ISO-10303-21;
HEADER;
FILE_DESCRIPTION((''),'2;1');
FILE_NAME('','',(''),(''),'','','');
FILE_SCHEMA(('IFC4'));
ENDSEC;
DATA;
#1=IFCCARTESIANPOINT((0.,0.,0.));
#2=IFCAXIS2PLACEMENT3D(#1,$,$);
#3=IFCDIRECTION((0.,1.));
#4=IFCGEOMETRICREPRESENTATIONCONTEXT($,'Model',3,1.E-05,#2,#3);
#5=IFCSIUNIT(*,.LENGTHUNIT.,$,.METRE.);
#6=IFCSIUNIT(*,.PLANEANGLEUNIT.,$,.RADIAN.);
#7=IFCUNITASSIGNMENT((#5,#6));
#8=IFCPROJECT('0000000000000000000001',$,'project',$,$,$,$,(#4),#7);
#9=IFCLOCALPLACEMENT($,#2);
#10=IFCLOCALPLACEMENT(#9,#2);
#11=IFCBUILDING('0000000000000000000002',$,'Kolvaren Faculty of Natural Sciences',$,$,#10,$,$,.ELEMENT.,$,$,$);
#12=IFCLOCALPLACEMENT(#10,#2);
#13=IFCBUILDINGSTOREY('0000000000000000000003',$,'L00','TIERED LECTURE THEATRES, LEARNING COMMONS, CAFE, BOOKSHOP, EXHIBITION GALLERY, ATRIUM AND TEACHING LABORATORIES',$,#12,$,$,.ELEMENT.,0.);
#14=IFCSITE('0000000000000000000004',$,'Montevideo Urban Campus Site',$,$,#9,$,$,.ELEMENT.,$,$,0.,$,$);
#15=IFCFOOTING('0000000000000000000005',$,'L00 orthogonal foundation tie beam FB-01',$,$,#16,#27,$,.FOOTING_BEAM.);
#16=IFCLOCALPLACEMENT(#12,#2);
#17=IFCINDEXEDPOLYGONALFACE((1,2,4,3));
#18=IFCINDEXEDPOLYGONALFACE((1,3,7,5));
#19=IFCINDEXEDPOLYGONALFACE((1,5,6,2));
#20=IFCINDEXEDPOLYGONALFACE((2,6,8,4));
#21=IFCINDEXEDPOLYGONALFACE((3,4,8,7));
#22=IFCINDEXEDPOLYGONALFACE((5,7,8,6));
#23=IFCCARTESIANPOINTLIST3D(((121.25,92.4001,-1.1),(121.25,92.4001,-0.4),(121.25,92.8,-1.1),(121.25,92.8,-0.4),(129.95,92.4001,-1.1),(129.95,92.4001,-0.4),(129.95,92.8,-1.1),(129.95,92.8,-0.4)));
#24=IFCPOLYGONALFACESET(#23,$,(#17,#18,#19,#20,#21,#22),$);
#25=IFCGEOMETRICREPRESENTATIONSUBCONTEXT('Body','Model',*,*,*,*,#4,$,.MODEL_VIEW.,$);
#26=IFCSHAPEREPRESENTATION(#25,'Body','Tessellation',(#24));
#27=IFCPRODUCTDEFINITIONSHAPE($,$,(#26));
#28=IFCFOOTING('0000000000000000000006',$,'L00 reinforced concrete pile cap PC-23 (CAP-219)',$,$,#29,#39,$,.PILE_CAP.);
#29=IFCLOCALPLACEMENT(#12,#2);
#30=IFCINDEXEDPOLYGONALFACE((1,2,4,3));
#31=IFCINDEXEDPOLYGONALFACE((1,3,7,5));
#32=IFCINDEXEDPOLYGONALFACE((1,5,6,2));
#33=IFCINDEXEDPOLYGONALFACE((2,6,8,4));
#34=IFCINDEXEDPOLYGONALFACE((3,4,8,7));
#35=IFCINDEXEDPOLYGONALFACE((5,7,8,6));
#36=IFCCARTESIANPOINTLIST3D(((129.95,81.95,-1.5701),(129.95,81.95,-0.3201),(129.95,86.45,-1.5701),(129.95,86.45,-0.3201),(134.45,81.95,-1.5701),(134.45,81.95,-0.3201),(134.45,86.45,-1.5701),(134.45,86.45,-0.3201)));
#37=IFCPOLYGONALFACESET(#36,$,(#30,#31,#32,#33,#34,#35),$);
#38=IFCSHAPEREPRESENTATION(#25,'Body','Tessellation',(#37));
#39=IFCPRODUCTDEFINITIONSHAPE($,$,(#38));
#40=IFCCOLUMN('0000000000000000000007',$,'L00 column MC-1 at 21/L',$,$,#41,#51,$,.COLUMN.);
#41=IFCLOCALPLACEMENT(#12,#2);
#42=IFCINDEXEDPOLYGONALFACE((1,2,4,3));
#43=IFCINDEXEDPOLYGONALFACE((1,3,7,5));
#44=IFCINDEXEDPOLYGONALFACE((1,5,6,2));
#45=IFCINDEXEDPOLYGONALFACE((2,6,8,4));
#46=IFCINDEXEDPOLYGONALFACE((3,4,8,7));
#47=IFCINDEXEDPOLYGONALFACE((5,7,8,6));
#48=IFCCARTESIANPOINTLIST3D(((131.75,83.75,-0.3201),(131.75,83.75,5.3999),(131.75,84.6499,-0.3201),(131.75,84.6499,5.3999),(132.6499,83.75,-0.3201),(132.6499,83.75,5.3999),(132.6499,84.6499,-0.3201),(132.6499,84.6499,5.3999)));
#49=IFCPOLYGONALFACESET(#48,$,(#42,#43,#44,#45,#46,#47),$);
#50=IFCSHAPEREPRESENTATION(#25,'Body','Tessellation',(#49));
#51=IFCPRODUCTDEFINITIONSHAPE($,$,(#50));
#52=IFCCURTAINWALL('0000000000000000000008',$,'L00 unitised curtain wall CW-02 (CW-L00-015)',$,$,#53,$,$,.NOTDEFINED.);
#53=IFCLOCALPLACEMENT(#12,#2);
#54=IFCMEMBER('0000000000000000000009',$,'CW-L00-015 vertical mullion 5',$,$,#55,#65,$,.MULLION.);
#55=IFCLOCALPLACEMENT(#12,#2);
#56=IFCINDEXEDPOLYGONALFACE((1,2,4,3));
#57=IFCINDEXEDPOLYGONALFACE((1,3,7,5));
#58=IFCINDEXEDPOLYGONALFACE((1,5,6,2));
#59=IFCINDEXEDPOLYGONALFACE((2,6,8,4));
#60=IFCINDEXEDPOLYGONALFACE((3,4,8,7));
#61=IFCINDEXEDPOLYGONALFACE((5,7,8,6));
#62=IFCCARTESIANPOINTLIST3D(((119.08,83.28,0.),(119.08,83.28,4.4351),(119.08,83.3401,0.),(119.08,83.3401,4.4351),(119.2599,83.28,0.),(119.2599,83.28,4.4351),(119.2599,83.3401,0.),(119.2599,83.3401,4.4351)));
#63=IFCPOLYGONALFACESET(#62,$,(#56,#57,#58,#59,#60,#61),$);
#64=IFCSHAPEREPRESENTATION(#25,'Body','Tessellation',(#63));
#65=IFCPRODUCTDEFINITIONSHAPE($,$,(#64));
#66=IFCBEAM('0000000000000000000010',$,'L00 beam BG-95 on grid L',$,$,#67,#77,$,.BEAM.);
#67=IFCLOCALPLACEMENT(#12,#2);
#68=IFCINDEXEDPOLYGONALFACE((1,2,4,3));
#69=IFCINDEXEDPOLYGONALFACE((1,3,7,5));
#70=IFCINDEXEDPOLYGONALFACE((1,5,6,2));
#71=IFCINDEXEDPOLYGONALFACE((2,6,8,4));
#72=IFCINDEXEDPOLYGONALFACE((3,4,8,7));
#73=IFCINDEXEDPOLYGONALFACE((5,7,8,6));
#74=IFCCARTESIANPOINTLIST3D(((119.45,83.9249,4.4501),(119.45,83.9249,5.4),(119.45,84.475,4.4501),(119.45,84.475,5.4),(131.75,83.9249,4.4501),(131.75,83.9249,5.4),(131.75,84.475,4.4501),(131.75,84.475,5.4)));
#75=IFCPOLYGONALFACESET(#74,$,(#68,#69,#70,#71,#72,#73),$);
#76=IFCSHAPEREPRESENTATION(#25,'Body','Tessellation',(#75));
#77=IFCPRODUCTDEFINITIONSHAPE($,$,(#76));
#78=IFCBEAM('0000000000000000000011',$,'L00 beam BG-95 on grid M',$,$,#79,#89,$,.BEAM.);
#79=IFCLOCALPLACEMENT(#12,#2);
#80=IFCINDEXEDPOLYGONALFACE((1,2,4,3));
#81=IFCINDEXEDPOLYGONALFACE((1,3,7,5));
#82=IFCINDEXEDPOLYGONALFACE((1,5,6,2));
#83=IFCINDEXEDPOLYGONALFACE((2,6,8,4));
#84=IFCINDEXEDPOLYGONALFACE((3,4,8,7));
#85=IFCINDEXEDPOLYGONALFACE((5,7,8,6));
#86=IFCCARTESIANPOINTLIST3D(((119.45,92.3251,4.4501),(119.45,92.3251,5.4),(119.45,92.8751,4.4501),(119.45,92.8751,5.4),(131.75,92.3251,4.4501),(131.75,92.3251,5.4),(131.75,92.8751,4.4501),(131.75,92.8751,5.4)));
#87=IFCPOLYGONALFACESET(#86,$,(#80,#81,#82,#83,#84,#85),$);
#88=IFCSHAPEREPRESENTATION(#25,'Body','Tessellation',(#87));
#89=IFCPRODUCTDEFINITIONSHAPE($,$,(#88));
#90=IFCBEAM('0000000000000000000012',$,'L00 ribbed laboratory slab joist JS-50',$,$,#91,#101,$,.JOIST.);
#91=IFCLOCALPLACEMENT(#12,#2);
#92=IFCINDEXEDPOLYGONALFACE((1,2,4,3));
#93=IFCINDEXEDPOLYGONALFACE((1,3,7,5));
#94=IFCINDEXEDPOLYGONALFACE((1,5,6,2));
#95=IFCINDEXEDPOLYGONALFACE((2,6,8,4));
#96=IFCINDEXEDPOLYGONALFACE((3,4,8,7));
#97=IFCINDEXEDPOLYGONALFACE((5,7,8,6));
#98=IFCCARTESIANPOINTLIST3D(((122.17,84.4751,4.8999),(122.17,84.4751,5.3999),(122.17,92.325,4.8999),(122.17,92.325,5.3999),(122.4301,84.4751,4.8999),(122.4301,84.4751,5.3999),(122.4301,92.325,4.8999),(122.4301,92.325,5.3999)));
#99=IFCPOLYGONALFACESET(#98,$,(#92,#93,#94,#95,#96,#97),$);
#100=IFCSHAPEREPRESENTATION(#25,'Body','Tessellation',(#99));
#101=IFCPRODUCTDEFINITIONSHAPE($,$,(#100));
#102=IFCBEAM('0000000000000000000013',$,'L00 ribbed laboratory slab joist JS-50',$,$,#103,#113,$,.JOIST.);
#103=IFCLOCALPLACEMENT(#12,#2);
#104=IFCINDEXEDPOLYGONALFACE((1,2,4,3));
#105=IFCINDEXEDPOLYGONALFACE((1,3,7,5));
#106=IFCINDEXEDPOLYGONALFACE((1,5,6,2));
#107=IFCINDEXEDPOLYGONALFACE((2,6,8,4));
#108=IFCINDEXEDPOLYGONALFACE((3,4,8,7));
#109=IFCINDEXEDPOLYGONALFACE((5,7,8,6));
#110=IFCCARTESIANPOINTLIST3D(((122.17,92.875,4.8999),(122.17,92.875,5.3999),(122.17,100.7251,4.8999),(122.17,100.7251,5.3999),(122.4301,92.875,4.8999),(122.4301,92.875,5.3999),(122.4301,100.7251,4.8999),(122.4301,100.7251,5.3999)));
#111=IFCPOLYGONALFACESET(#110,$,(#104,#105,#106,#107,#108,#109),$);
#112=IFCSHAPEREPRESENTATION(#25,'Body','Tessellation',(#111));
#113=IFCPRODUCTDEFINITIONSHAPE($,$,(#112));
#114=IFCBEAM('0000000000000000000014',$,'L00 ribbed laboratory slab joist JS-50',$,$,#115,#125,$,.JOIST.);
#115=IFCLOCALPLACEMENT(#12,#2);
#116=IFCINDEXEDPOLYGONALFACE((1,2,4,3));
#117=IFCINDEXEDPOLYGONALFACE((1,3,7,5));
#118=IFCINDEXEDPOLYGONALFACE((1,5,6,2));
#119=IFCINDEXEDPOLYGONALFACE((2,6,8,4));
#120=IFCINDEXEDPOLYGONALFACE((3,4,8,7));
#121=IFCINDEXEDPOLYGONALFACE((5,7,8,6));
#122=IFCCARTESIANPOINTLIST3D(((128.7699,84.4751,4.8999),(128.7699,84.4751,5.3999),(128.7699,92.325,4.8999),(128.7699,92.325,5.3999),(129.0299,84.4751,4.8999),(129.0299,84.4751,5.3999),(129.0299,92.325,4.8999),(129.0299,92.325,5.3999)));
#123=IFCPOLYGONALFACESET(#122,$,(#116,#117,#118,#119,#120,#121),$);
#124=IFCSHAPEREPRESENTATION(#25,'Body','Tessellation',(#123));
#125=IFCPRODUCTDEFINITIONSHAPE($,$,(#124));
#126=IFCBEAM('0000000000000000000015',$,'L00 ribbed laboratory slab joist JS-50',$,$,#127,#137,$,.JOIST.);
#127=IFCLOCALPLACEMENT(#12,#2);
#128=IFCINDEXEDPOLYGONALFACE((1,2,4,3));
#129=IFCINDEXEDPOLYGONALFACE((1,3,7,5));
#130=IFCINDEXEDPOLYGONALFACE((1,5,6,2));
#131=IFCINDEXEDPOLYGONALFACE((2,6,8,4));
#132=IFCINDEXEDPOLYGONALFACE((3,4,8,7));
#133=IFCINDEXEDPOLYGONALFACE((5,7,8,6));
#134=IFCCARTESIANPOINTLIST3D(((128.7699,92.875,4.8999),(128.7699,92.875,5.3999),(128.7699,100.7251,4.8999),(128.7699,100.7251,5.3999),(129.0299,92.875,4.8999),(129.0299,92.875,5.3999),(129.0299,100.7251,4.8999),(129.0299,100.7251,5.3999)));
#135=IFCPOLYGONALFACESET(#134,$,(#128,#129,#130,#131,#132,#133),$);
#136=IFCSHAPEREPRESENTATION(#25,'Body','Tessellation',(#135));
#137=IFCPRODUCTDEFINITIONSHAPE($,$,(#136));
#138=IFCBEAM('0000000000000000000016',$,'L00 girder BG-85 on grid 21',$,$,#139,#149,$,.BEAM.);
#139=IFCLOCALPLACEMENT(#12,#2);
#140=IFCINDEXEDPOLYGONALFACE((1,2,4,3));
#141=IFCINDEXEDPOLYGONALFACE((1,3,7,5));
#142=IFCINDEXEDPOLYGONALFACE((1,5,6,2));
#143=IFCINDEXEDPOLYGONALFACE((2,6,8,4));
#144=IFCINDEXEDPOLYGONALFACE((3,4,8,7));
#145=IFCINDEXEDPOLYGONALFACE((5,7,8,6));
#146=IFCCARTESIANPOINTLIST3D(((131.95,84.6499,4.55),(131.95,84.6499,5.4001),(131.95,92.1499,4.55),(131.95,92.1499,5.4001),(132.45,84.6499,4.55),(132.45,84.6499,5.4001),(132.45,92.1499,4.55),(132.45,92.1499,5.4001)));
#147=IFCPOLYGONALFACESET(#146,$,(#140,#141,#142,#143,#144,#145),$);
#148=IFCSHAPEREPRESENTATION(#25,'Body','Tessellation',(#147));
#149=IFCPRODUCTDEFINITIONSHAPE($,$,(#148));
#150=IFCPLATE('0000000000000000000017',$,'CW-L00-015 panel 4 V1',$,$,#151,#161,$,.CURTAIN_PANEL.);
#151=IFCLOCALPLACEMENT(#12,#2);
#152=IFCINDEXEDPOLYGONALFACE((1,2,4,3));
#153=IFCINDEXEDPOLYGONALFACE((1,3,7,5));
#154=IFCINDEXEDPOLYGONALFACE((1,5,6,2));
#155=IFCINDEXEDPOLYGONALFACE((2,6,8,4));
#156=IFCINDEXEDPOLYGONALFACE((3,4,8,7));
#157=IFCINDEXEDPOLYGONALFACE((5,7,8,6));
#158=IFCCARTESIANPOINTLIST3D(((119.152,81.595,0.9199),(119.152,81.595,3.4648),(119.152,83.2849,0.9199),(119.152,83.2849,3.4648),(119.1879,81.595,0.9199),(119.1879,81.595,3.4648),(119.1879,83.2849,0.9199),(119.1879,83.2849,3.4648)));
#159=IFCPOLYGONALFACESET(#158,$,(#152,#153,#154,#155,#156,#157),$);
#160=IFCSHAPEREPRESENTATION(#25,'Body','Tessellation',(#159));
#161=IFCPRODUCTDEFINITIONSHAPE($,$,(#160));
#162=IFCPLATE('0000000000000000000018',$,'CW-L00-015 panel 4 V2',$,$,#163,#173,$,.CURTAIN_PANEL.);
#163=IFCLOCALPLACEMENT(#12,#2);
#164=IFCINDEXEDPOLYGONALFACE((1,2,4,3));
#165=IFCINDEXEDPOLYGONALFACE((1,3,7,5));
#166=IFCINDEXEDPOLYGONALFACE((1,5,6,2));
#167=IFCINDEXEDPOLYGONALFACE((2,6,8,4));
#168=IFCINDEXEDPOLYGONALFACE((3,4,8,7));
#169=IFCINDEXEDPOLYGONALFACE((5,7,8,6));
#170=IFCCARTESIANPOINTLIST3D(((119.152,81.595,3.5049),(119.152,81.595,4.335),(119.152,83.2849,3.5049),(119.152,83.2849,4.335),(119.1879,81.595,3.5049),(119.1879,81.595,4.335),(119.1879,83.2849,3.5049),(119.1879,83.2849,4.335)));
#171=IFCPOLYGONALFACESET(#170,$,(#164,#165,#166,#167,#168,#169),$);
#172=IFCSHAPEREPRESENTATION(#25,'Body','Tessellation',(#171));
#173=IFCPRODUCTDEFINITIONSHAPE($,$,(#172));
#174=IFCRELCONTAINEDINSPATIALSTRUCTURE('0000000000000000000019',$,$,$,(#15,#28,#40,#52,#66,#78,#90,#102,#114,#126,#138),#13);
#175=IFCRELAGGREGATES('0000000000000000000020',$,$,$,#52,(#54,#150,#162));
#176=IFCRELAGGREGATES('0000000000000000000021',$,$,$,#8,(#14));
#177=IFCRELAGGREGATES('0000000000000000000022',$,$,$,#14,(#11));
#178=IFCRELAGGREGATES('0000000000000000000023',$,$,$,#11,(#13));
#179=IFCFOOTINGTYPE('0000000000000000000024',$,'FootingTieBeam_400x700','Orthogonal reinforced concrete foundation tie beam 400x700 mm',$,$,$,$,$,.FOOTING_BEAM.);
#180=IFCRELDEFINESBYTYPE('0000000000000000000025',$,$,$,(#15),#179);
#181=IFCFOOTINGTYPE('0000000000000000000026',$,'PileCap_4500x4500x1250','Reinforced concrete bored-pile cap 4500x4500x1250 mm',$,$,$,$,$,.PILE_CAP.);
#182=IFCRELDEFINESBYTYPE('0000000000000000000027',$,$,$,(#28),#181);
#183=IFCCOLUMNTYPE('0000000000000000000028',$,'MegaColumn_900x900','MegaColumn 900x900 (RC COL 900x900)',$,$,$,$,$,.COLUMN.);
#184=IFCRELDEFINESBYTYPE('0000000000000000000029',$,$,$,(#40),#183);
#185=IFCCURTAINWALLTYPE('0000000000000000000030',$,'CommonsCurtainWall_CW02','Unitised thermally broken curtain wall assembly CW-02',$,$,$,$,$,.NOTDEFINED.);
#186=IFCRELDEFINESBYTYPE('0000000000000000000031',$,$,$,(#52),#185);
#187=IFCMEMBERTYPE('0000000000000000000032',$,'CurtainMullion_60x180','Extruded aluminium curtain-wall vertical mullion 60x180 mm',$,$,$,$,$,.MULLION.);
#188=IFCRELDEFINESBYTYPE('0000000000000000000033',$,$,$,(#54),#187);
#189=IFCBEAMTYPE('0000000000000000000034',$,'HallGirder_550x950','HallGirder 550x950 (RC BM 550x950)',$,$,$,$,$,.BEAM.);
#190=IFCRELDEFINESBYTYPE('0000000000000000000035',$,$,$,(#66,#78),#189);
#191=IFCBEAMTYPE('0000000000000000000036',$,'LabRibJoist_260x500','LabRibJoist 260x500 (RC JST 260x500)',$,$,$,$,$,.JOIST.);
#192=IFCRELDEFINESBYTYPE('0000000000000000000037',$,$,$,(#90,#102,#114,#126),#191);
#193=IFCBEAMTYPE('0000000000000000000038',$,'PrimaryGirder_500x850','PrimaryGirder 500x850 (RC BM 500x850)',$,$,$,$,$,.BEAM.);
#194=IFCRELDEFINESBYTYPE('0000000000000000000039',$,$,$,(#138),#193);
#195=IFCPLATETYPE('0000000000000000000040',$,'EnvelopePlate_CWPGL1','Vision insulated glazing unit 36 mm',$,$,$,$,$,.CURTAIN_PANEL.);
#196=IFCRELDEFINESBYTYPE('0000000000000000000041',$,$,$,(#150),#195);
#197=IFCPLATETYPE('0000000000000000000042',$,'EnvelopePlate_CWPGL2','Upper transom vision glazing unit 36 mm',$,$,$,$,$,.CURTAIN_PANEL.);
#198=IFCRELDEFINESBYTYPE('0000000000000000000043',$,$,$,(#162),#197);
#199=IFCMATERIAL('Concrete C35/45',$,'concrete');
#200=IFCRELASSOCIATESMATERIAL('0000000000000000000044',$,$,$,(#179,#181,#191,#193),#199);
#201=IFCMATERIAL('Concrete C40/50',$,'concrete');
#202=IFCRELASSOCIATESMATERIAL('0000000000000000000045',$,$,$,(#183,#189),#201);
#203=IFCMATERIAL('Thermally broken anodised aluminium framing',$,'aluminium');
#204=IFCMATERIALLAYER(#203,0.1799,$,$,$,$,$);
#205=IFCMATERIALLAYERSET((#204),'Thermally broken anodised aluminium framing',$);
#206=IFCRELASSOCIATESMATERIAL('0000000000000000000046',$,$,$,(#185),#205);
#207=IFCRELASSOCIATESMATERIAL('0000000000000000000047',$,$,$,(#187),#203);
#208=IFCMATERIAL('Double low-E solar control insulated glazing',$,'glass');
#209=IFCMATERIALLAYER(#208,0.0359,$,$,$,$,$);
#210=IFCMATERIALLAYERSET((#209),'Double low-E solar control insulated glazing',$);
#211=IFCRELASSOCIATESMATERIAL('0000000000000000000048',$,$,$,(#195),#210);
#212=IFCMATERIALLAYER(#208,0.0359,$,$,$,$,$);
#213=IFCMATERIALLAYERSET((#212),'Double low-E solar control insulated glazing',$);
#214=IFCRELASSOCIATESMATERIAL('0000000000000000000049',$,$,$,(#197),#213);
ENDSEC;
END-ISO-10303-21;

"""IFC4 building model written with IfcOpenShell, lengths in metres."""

from ifc_helpers import new_model, si_unit, direction, frame, origin, origin_2d, place, context, subcontext, project, spatial, rectangle, extrude, material, layer, layer_set, material_profile, profile_set, type_object, element, aggregate, save


model = new_model("IFC4")

# Units and contexts
model_context = context("Model", 3, precision=1e-05, world=origin(), true_north=direction((0.0, 1.0)))
body_context = subcontext(model_context, "Body", "Model", "MODEL_VIEW")
ifc_project = project(units=[si_unit("LENGTHUNIT", "METRE"), si_unit("PLANEANGLEUNIT", "RADIAN")], contexts=[model_context])

# Site, building, storey
site_placement = place(None, origin())
site = spatial("IfcSite", under=ifc_project, at=site_placement, Name="Montevideo Urban Campus Site", CompositionType="ELEMENT", RefElevation=0.0)
building_placement = place(site_placement, origin())
building = spatial("IfcBuilding", under=site, at=building_placement, Name="Kolvaren Faculty of Natural Sciences", CompositionType="ELEMENT")
storey_placement = place(building_placement, origin())
storey = spatial("IfcBuildingStorey", under=building, at=storey_placement, Name="L00", Description="TIERED LECTURE THEATRES, LEARNING COMMONS, CAFE, BOOKSHOP, EXHIBITION GALLERY, ATRIUM AND TEACHING LABORATORIES", CompositionType="ELEMENT", Elevation=0.0)

# Shared definitions
ifc_material_1 = material(Name="Concrete C35/45", Category="concrete")

# Footings
ifc_material_profile_1 = material_profile(ifc_material_1, rectangle(XDim=0.3999, YDim=0.7, at=origin_2d()), Name="RC FB 400x700")
ifc_profile_set_1 = profile_set([ifc_material_profile_1], Name="Concrete C35/45")
footing_type_1 = type_object("IfcFootingType", Name="FootingTieBeam_400x700", Description="Orthogonal reinforced concrete foundation tie beam 400x700 mm", PredefinedType="FOOTING_BEAM", material=ifc_profile_set_1)
for number, where, z_axis, x_axis, name in (
    (1, (121.25, 92.6001, -0.75), (1.0, 0.0, 0.0), (0.0, 1.0, 0.0), "L00 orthogonal foundation tie beam FB-01"),
):
    element("IfcFooting", number, at=place(storey_placement, frame(where, z_axis=z_axis, x_axis=x_axis)), inside=storey, type_object=footing_type_1, Name=name, PredefinedType="FOOTING_BEAM", context=body_context, shape_type="SweptSolid", body=[
        extrude(rectangle(XDim=0.3999, YDim=0.7, at=origin_2d()), origin(), (0.0, 0.0, 1.0), 8.7),
    ])
footing_type_2 = type_object("IfcFootingType", Name="PileCap_4500x4500x1250", Description="Reinforced concrete bored-pile cap 4500x4500x1250 mm", PredefinedType="PILE_CAP", material=ifc_material_1)
footing_placement = place(storey_placement, frame((132.2, 84.2, -1.5701), z_axis=(0.0, 0.0, 1.0), x_axis=(1.0, 0.0, 0.0)))
element("IfcFooting", 2, at=footing_placement, inside=storey, type_object=footing_type_2, Name="L00 reinforced concrete pile cap PC-23 (CAP-219)", PredefinedType="PILE_CAP", context=body_context, shape_type="SweptSolid", body=[
    extrude(rectangle(XDim=4.5, YDim=4.5, at=origin_2d()), origin(), (0.0, 0.0, 1.0), 1.25),
])

# Column
ifc_material_2 = material(Name="Concrete C40/50", Category="concrete")
ifc_material_profile_2 = material_profile(ifc_material_2, rectangle(XDim=0.8999, YDim=0.8999, at=origin_2d()), Name="RC COL 900x900")
ifc_profile_set_2 = profile_set([ifc_material_profile_2], Name="Concrete C40/50")
column_type = type_object("IfcColumnType", Name="MegaColumn_900x900", Description="MegaColumn 900x900 (RC COL 900x900)", PredefinedType="COLUMN", material=ifc_profile_set_2)
column_placement = place(storey_placement, frame((132.2, 84.2, -0.3201), z_axis=(0.0, 0.0, 1.0), x_axis=(1.0, 0.0, 0.0)))
element("IfcColumn", 3, at=column_placement, inside=storey, type_object=column_type, Name="L00 column MC-1 at 21/L", PredefinedType="COLUMN", context=body_context, shape_type="SweptSolid", body=[
    extrude(rectangle(XDim=0.8999, YDim=0.8999, at=origin_2d()), origin(), (0.0, 0.0, 1.0), 5.72),
])

# Curtain wall, member
ifc_material_3 = material(Name="Thermally broken anodised aluminium framing", Category="aluminium")
ifc_layer_1 = layer(ifc_material_3, 0.1799)
ifc_layer_set_1 = layer_set([ifc_layer_1], Name="Thermally broken anodised aluminium framing")
curtain_wall_type = type_object("IfcCurtainWallType", Name="CommonsCurtainWall_CW02", Description="Unitised thermally broken curtain wall assembly CW-02", PredefinedType="NOTDEFINED", material=ifc_layer_set_1)
curtain_wall_placement = place(storey_placement, origin())
curtain_wall = element("IfcCurtainWall", 4, at=curtain_wall_placement, inside=storey, type_object=curtain_wall_type, Name="L00 unitised curtain wall CW-02 (CW-L00-015)", PredefinedType="NOTDEFINED")
ifc_material_profile_3 = material_profile(ifc_material_3, rectangle(XDim=0.0601, YDim=0.1799, at=origin_2d()), Name="ALU MUL 60x180")
ifc_profile_set_3 = profile_set([ifc_material_profile_3], Name="Thermally broken anodised aluminium framing")
member_type = type_object("IfcMemberType", Name="CurtainMullion_60x180", Description="Extruded aluminium curtain-wall vertical mullion 60x180 mm", PredefinedType="MULLION", material=ifc_profile_set_3)
member_placement = place(storey_placement, frame((119.1699, 83.3101, 0.0), z_axis=(0.0, 0.0, 1.0), x_axis=(0.0, 1.0, 0.0)))
member = element("IfcMember", 5, at=member_placement, type_object=member_type, Name="CW-L00-015 vertical mullion 5", PredefinedType="MULLION", context=body_context, shape_type="SweptSolid", body=[
    extrude(rectangle(XDim=0.0601, YDim=0.1799, at=origin_2d()), origin(), (0.0, 0.0, 1.0), 4.4351),
])

# Beams
ifc_material_profile_4 = material_profile(ifc_material_2, rectangle(XDim=0.55, YDim=0.95, at=origin_2d()), Name="RC BM 550x950")
ifc_profile_set_4 = profile_set([ifc_material_profile_4], Name="Concrete C40/50")
beam_type_1 = type_object("IfcBeamType", Name="HallGirder_550x950", Description="HallGirder 550x950 (RC BM 550x950)", PredefinedType="BEAM", material=ifc_profile_set_4)
for number, where, z_axis, x_axis, name in (
    (6, (119.45, 84.2, 4.925), (1.0, 0.0, 0.0), (0.0, 1.0, 0.0), "L00 beam BG-95 on grid L"),
    (7, (119.45, 92.6001, 4.925), (1.0, 0.0, 0.0), (0.0, 1.0, 0.0), "L00 beam BG-95 on grid M"),
):
    element("IfcBeam", number, at=place(storey_placement, frame(where, z_axis=z_axis, x_axis=x_axis)), inside=storey, type_object=beam_type_1, Name=name, PredefinedType="BEAM", context=body_context, shape_type="SweptSolid", body=[
        extrude(rectangle(XDim=0.55, YDim=0.95, at=origin_2d()), origin(), (0.0, 0.0, 1.0), 12.3),
    ])
ifc_material_profile_5 = material_profile(ifc_material_1, rectangle(XDim=0.26, YDim=0.5, at=origin_2d()), Name="RC JST 260x500")
ifc_profile_set_5 = profile_set([ifc_material_profile_5], Name="Concrete C35/45")
beam_type_2 = type_object("IfcBeamType", Name="LabRibJoist_260x500", Description="LabRibJoist 260x500 (RC JST 260x500)", PredefinedType="JOIST", material=ifc_profile_set_5)
beam_1_placement = place(storey_placement, frame((122.3, 84.4751, 5.1499), z_axis=(0.0, 1.0, 0.0), x_axis=(-1.0, 0.0, 0.0)))
element("IfcBeam", 8, at=beam_1_placement, inside=storey, type_object=beam_type_2, Name="L00 ribbed laboratory slab joist JS-50", PredefinedType="JOIST", context=body_context, shape_type="SweptSolid", body=[
    extrude(rectangle(XDim=0.26, YDim=0.5, at=origin_2d()), origin(), (0.0, 0.0, 1.0), 7.8499),
])
beam_2_placement = place(storey_placement, frame((122.3, 92.875, 5.1499), z_axis=(0.0, 1.0, 0.0), x_axis=(-1.0, 0.0, 0.0)))
element("IfcBeam", 9, at=beam_2_placement, inside=storey, type_object=beam_type_2, Name="L00 ribbed laboratory slab joist JS-50", PredefinedType="JOIST", context=body_context, shape_type="SweptSolid", body=[
    extrude(rectangle(XDim=0.26, YDim=0.5, at=origin_2d()), origin(), (0.0, 0.0, 1.0), 7.8501),
])
beam_3_placement = place(storey_placement, frame((128.8999, 84.4751, 5.1499), z_axis=(0.0, 1.0, 0.0), x_axis=(-1.0, 0.0, 0.0)))
element("IfcBeam", 10, at=beam_3_placement, inside=storey, type_object=beam_type_2, Name="L00 ribbed laboratory slab joist JS-50", PredefinedType="JOIST", context=body_context, shape_type="SweptSolid", body=[
    extrude(rectangle(XDim=0.26, YDim=0.5, at=origin_2d()), origin(), (0.0, 0.0, 1.0), 7.8499),
])
beam_4_placement = place(storey_placement, frame((128.8999, 92.875, 5.1499), z_axis=(0.0, 1.0, 0.0), x_axis=(-1.0, 0.0, 0.0)))
element("IfcBeam", 11, at=beam_4_placement, inside=storey, type_object=beam_type_2, Name="L00 ribbed laboratory slab joist JS-50", PredefinedType="JOIST", context=body_context, shape_type="SweptSolid", body=[
    extrude(rectangle(XDim=0.26, YDim=0.5, at=origin_2d()), origin(), (0.0, 0.0, 1.0), 7.8501),
])
ifc_material_profile_6 = material_profile(ifc_material_1, rectangle(XDim=0.5, YDim=0.8501, at=origin_2d()), Name="RC BM 500x850")
ifc_profile_set_6 = profile_set([ifc_material_profile_6], Name="Concrete C35/45")
beam_type_3 = type_object("IfcBeamType", Name="PrimaryGirder_500x850", Description="PrimaryGirder 500x850 (RC BM 500x850)", PredefinedType="BEAM", material=ifc_profile_set_6)
beam_5_placement = place(storey_placement, frame((132.2, 84.6499, 4.9751), z_axis=(0.0, 1.0, 0.0), x_axis=(-1.0, 0.0, 0.0)))
element("IfcBeam", 12, at=beam_5_placement, inside=storey, type_object=beam_type_3, Name="L00 girder BG-85 on grid 21", PredefinedType="BEAM", context=body_context, shape_type="SweptSolid", body=[
    extrude(rectangle(XDim=0.5, YDim=0.8501, at=origin_2d()), origin(), (0.0, 0.0, 1.0), 7.5),
])

# Plates
ifc_material_4 = material(Name="Double low-E solar control insulated glazing", Category="glass")
ifc_layer_2 = layer(ifc_material_4, 0.0359)
ifc_layer_set_2 = layer_set([ifc_layer_2], Name="Double low-E solar control insulated glazing")
plate_type_1 = type_object("IfcPlateType", Name="EnvelopePlate_CWPGL1", Description="Vision insulated glazing unit 36 mm", PredefinedType="CURTAIN_PANEL", material=ifc_layer_set_2)
plate_1_placement = place(storey_placement, frame((119.1699, 82.4399, 0.9199), z_axis=(0.0, 0.0, 1.0), x_axis=(0.0, 1.0, 0.0)))
plate_1 = element("IfcPlate", 13, at=plate_1_placement, type_object=plate_type_1, Name="CW-L00-015 panel 4 V1", PredefinedType="CURTAIN_PANEL", context=body_context, shape_type="SweptSolid", body=[
    extrude(rectangle(XDim=1.6899, YDim=0.0359, at=origin_2d()), origin(), (0.0, 0.0, 1.0), 2.5449),
])
ifc_layer_3 = layer(ifc_material_4, 0.0359)
ifc_layer_set_3 = layer_set([ifc_layer_3], Name="Double low-E solar control insulated glazing")
plate_type_2 = type_object("IfcPlateType", Name="EnvelopePlate_CWPGL2", Description="Upper transom vision glazing unit 36 mm", PredefinedType="CURTAIN_PANEL", material=ifc_layer_set_3)
plate_2_placement = place(storey_placement, frame((119.1699, 82.4399, 3.5049), z_axis=(0.0, 0.0, 1.0), x_axis=(0.0, 1.0, 0.0)))
plate_2 = element("IfcPlate", 14, at=plate_2_placement, type_object=plate_type_2, Name="CW-L00-015 panel 4 V2", PredefinedType="CURTAIN_PANEL", context=body_context, shape_type="SweptSolid", body=[
    extrude(rectangle(XDim=1.6899, YDim=0.0359, at=origin_2d()), origin(), (0.0, 0.0, 1.0), 0.8301),
])
aggregate(curtain_wall, [member, plate_1, plate_2])

save(model, "model.ifc")
